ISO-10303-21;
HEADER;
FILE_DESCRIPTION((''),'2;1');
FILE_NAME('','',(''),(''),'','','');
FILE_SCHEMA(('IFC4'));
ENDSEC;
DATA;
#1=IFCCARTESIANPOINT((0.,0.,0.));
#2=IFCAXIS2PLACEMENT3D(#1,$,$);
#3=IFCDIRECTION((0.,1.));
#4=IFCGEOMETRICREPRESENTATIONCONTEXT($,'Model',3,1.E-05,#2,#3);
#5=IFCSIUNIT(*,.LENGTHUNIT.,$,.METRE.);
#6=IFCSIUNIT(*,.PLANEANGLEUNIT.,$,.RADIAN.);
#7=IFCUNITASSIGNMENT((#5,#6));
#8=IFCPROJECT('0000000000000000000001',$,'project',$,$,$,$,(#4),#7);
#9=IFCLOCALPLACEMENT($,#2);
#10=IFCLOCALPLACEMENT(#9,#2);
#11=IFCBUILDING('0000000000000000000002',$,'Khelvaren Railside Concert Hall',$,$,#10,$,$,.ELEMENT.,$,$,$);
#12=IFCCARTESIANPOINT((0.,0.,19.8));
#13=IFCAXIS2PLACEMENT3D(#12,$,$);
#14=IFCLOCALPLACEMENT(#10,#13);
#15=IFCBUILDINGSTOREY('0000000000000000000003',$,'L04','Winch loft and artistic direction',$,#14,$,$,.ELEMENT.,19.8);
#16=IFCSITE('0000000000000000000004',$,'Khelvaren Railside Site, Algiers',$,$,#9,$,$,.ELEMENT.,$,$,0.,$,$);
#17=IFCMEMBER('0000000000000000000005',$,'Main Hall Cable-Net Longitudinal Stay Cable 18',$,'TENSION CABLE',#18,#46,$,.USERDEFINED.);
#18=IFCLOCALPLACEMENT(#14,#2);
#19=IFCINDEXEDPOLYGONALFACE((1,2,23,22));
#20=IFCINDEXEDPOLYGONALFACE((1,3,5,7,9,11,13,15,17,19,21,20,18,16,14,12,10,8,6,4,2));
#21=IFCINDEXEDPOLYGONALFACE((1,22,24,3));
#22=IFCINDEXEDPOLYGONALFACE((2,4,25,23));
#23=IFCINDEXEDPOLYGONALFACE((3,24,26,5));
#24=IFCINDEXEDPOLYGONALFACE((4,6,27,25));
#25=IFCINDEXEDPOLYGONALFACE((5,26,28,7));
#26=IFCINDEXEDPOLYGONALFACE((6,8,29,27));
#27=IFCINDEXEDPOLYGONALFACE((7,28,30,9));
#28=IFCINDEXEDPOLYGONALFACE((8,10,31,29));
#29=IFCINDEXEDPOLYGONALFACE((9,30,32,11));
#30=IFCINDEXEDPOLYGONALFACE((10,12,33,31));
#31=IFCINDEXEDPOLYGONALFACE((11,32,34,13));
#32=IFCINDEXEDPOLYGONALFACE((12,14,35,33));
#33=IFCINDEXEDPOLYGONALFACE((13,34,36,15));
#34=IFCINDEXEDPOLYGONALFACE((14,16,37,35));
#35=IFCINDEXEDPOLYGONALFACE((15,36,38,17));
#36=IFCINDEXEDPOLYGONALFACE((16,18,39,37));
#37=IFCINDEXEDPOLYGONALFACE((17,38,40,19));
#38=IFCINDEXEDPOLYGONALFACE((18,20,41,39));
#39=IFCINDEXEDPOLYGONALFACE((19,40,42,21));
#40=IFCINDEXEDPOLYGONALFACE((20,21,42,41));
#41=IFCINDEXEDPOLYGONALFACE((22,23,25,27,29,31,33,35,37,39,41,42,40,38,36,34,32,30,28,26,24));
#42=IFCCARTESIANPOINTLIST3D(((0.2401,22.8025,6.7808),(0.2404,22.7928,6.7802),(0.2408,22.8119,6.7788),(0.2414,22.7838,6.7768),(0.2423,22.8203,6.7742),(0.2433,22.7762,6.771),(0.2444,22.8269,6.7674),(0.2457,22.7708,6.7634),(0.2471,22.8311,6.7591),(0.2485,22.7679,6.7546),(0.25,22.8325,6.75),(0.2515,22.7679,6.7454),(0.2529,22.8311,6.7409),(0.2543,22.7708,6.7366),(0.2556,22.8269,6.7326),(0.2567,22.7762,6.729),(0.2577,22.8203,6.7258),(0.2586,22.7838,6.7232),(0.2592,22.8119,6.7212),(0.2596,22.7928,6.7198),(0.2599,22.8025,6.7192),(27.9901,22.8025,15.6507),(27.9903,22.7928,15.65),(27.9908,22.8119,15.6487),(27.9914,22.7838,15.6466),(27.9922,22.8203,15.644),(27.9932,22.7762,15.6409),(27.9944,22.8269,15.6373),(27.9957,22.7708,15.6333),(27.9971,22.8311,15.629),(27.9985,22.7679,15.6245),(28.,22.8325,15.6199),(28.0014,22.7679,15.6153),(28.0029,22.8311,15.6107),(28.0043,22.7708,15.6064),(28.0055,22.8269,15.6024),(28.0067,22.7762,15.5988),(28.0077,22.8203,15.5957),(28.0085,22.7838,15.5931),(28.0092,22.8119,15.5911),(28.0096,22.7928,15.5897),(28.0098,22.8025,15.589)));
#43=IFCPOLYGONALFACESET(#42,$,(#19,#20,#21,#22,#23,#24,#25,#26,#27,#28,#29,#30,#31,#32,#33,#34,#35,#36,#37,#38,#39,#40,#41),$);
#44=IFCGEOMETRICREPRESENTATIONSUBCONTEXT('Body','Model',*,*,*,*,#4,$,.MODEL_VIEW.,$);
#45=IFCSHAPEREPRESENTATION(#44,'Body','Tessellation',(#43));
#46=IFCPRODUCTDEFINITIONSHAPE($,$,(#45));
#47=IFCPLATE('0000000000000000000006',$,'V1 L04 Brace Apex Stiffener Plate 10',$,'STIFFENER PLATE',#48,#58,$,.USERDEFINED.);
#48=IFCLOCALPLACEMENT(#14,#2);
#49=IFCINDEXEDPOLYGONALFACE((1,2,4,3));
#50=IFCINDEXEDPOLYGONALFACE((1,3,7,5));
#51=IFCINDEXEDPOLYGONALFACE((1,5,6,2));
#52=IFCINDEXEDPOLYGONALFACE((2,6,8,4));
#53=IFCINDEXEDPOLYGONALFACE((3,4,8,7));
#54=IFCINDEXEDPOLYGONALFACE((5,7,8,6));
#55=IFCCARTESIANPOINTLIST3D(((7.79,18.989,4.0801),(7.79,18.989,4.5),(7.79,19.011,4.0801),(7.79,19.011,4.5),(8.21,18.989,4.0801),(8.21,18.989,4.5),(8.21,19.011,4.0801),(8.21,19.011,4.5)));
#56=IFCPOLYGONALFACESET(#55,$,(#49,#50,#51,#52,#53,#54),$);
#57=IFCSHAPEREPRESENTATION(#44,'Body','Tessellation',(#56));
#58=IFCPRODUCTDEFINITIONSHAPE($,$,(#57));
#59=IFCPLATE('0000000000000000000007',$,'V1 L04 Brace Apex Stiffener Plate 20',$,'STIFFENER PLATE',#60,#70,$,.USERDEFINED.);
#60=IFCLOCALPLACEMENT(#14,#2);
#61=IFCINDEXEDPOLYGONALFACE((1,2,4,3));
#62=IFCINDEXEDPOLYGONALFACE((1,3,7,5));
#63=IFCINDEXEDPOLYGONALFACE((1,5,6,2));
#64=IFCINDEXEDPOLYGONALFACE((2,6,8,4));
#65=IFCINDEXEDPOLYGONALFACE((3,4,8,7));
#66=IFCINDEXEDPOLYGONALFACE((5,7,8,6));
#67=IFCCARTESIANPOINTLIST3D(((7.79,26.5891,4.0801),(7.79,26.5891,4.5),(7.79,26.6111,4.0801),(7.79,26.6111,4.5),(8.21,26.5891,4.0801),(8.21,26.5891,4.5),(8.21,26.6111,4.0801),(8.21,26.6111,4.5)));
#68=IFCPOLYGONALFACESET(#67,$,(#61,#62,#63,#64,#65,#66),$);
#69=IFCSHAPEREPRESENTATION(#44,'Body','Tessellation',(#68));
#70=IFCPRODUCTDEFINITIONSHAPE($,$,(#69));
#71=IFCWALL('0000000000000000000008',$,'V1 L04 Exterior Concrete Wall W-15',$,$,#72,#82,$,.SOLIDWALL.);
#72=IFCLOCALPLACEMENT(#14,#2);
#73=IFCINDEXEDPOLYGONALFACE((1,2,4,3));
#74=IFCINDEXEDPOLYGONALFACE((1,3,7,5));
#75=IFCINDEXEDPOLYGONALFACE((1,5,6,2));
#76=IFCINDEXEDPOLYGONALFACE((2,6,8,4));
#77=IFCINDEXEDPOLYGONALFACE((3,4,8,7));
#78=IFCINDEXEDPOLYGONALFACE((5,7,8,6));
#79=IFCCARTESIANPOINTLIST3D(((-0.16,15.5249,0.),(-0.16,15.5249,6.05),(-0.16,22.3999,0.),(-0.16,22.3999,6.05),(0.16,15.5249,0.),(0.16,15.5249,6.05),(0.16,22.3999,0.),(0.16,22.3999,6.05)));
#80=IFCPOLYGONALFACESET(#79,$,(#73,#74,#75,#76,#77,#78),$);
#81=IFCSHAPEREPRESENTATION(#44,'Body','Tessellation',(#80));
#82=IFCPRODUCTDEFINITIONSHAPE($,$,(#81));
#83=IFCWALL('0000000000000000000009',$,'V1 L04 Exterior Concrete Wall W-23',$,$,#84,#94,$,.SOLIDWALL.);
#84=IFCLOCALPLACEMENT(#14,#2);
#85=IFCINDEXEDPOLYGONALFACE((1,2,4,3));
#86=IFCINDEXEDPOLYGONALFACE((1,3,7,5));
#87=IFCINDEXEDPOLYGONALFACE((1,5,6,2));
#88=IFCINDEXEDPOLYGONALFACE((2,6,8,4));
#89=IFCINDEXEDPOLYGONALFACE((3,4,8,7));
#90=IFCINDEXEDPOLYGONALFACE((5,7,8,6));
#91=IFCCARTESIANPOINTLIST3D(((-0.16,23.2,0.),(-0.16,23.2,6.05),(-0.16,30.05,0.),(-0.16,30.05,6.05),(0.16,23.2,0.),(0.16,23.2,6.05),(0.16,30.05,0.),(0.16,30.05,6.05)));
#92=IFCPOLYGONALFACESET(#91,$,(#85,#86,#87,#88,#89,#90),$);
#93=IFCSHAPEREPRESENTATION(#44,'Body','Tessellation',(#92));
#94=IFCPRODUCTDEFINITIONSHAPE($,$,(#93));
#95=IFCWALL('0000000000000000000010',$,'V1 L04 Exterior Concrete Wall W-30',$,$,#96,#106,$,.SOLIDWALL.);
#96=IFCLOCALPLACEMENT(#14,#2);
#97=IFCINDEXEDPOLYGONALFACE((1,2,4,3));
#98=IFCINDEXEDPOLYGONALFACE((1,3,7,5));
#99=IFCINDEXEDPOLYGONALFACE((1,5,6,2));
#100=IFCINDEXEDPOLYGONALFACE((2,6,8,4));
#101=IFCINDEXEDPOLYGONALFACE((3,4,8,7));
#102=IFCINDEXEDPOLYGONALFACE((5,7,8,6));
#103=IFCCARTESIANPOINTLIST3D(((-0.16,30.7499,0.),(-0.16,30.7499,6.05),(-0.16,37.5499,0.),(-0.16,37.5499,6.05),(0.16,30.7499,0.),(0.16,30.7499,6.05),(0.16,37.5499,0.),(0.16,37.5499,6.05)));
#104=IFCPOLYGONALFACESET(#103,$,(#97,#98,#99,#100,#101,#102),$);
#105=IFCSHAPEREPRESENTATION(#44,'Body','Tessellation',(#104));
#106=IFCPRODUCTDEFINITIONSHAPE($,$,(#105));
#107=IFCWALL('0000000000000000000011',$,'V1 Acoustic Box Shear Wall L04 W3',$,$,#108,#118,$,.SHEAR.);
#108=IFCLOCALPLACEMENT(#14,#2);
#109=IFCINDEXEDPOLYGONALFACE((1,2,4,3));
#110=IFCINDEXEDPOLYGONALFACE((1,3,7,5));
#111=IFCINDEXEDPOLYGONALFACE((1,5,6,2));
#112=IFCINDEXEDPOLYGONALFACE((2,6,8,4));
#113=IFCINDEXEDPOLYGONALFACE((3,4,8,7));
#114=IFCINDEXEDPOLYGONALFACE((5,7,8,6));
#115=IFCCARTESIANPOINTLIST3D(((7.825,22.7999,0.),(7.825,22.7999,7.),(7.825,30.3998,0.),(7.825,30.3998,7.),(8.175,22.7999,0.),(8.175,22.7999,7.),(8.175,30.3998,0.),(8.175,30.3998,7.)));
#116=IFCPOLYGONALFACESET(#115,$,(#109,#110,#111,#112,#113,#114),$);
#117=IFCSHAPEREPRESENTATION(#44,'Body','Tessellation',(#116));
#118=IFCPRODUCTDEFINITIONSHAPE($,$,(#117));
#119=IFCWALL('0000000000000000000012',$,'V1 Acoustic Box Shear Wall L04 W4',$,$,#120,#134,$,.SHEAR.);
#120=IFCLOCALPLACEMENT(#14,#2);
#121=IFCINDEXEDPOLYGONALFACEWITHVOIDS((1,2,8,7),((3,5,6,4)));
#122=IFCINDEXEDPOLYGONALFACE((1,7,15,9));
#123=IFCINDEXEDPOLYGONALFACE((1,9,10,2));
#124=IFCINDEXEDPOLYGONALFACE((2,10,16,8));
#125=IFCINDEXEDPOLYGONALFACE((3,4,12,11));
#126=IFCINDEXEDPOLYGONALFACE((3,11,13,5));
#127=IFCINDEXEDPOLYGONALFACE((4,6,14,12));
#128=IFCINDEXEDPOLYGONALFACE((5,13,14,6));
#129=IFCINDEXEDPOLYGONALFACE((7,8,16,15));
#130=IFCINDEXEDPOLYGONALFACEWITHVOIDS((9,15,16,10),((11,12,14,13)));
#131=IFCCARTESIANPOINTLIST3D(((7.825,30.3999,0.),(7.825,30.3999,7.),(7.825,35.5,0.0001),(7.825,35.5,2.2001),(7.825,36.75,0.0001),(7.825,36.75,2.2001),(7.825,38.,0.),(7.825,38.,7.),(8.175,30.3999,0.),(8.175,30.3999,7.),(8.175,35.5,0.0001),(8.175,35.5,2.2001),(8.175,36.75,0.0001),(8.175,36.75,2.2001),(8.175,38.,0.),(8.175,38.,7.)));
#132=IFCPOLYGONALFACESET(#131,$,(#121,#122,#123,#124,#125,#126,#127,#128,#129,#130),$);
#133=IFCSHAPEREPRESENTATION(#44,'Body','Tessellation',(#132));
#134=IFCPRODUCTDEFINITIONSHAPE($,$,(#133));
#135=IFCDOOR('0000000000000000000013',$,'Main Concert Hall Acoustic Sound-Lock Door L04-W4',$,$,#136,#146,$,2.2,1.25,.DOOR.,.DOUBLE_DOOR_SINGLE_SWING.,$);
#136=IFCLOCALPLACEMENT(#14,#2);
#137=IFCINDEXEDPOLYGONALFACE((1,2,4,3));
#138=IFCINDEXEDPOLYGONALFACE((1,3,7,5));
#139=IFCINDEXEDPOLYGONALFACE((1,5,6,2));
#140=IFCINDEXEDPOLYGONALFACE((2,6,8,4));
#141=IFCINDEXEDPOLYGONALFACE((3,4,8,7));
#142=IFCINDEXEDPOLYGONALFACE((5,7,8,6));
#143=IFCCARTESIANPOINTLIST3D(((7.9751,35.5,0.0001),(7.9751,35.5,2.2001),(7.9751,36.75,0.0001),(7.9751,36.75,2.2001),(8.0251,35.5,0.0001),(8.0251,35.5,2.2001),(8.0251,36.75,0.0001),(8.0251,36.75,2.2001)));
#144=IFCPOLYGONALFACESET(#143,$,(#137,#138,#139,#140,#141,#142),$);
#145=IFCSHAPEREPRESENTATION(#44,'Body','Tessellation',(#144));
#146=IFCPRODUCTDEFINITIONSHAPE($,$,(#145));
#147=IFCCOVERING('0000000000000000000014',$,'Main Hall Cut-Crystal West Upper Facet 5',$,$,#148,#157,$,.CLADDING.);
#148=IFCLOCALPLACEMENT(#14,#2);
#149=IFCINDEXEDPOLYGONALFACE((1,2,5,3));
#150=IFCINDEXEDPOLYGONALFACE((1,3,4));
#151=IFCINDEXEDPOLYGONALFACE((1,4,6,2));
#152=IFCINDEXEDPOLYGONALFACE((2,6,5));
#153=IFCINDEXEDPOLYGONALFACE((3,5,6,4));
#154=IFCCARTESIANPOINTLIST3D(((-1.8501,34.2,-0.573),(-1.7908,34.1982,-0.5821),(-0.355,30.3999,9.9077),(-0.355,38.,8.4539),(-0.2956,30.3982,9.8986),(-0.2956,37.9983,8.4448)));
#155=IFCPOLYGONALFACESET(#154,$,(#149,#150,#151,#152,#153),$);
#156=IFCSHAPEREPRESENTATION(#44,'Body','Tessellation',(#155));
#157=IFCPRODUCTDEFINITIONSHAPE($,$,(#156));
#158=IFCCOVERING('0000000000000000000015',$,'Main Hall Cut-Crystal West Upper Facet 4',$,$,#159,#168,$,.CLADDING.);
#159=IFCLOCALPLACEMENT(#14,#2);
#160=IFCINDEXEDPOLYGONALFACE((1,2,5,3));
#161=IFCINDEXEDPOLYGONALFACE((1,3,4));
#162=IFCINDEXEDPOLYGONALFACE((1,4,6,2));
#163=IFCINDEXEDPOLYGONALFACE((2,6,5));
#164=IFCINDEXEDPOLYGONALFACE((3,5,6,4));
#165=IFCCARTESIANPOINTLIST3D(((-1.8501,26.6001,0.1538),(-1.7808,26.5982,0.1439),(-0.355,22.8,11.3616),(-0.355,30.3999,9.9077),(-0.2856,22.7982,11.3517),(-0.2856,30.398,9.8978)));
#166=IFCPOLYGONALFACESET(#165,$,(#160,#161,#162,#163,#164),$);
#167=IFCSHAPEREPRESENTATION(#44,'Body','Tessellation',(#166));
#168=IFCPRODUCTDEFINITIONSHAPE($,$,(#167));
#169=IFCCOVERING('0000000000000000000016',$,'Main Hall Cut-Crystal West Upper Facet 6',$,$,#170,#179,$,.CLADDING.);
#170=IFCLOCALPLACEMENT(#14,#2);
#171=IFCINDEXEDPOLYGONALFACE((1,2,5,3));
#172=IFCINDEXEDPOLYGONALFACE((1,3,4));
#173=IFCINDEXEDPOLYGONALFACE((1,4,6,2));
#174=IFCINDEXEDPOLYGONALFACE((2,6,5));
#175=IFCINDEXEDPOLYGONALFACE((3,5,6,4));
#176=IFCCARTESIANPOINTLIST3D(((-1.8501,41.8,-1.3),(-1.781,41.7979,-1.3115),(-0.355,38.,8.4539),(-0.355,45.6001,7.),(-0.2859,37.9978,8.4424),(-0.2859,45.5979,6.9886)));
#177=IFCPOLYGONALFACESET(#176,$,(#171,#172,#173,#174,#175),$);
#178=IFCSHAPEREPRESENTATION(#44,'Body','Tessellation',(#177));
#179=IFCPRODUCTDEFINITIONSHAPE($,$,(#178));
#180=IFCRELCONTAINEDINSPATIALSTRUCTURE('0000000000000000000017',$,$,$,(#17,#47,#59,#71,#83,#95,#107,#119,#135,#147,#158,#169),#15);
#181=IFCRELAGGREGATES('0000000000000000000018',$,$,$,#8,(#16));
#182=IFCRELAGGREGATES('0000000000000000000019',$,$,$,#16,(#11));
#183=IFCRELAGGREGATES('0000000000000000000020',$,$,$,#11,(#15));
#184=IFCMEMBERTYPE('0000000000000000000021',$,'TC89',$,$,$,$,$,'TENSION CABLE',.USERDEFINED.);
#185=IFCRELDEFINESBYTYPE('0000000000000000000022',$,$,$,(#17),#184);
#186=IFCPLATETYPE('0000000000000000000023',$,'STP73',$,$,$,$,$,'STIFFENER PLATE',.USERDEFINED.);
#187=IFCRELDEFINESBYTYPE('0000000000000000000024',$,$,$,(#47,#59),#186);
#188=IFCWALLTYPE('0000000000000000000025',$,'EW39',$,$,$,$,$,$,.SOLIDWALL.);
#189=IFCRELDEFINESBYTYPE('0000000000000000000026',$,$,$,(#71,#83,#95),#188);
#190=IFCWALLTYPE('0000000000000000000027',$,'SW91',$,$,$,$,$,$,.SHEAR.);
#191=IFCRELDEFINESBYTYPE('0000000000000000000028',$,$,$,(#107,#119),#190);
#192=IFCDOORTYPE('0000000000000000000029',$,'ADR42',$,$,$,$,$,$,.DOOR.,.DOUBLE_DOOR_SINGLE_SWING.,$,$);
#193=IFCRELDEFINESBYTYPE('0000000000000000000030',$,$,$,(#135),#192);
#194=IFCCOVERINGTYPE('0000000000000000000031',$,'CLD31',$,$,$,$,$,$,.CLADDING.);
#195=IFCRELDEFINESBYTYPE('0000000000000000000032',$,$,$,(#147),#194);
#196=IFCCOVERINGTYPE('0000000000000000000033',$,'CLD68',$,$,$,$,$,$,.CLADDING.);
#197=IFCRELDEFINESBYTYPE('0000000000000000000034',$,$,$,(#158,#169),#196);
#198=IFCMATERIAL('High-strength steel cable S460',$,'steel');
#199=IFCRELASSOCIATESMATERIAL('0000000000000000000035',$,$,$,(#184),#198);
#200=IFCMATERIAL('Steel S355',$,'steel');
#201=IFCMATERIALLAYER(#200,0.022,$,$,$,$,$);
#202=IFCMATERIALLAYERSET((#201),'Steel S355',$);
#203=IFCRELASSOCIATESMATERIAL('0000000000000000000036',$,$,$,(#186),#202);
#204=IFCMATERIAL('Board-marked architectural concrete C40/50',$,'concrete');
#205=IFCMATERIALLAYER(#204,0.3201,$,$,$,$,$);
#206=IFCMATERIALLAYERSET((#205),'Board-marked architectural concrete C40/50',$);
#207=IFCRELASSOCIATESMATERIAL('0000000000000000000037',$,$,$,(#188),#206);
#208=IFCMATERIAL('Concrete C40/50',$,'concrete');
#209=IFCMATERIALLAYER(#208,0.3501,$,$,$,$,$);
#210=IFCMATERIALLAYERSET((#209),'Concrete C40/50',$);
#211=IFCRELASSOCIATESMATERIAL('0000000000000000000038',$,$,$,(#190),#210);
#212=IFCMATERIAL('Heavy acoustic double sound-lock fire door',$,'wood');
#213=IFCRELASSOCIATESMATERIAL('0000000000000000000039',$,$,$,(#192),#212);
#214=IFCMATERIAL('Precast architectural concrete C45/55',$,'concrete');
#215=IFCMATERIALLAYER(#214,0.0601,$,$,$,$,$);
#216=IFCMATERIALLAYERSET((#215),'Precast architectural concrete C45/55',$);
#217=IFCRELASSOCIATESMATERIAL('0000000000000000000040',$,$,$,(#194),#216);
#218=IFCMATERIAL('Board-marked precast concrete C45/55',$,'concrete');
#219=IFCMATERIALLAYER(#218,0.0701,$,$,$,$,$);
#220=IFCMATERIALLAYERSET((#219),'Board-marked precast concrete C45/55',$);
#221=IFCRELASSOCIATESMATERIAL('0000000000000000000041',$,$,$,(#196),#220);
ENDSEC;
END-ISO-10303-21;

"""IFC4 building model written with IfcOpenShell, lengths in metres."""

from ifc_helpers import new_model, si_unit, direction, frame, frame_2d, origin, origin_2d, place, context, subcontext, project, spatial, polyline, rectangle, circle, outline, extrude, material, layer, layer_set, material_profile, profile_set, type_object, element, fill, save


model = new_model("IFC4")

# Units and contexts
model_context = context("Model", 3, precision=1e-05, world=origin(), true_north=direction((0.0, 1.0)))
body_context = subcontext(model_context, "Body", "Model", "MODEL_VIEW")
ifc_project = project(units=[si_unit("LENGTHUNIT", "METRE"), si_unit("PLANEANGLEUNIT", "RADIAN")], contexts=[model_context])

# Site, building, storey
site_placement = place(None, origin())
site = spatial("IfcSite", under=ifc_project, at=site_placement, Name="Khelvaren Railside Site, Algiers", CompositionType="ELEMENT", RefElevation=0.0)
building_placement = place(site_placement, origin())
building = spatial("IfcBuilding", under=site, at=building_placement, Name="Khelvaren Railside Concert Hall", CompositionType="ELEMENT")
storey_placement = place(building_placement, frame((0.0, 0.0, 19.8)))
storey = spatial("IfcBuildingStorey", under=building, at=storey_placement, Name="L04", Description="Winch loft and artistic direction", CompositionType="ELEMENT", Elevation=19.8)

# Shared definitions
ifc_material_1 = material(Name="Steel S355", Category="steel")
ifc_material_2 = material(Name="Concrete C40/50", Category="concrete")

# Member
ifc_material_3 = material(Name="High-strength steel cable S460", Category="steel")
ifc_material_profile_1 = material_profile(ifc_material_3, circle(Radius=0.0325, at=origin_2d()), Name="LCB D65")
ifc_profile_set_1 = profile_set([ifc_material_profile_1], Name="High-strength steel cable S460")
member_type_1 = type_object("IfcMemberType", Name="TC89", ElementType="TENSION CABLE", PredefinedType="USERDEFINED", material=ifc_profile_set_1)
member_1_placement = place(storey_placement, frame((0.25, 22.8, 6.75), z_axis=(0.952525, 0.0, 0.30446), x_axis=(0.0, 1.0, 0.0)))
element("IfcMember", 1, at=member_1_placement, inside=storey, type_object=member_type_1, Name="Main Hall Cable-Net Longitudinal Stay Cable 18", ObjectType="TENSION CABLE", PredefinedType="USERDEFINED", context=body_context, shape_type="SweptSolid", body=[
    extrude(circle(Radius=0.0325, at=origin_2d()), origin(), (0.0, 0.0, 1.0), 29.1331),
])

# Plates
ifc_layer_1 = layer(ifc_material_1, 0.022)
ifc_layer_set_1 = layer_set([ifc_layer_1], Name="Steel S355")
plate_type = type_object("IfcPlateType", Name="STP73", ElementType="STIFFENER PLATE", PredefinedType="USERDEFINED", material=ifc_layer_set_1)
for number, where, z_axis, x_axis, name in (
    (2, (8.0, 19.0, 4.0801), (0.0, 0.0, 1.0), (1.0, 0.0, 0.0), "V1 L04 Brace Apex Stiffener Plate 10"),
    (3, (8.0, 26.6001, 4.0801), (0.0, 0.0, 1.0), (1.0, 0.0, 0.0), "V1 L04 Brace Apex Stiffener Plate 20"),
):
    element("IfcPlate", number, at=place(storey_placement, frame(where, z_axis=z_axis, x_axis=x_axis)), inside=storey, type_object=plate_type, Name=name, ObjectType="STIFFENER PLATE", PredefinedType="USERDEFINED", context=body_context, shape_type="SweptSolid", body=[
        extrude(rectangle(XDim=0.4199, YDim=0.022, at=origin_2d()), origin(), (0.0, 0.0, 1.0), 0.4199),
    ])

# Walls
ifc_material_4 = material(Name="Board-marked architectural concrete C40/50", Category="concrete")
ifc_layer_2 = layer(ifc_material_4, 0.3201)
ifc_layer_set_2 = layer_set([ifc_layer_2], Name="Board-marked architectural concrete C40/50")
wall_type_1 = type_object("IfcWallType", Name="EW39", PredefinedType="SOLIDWALL", material=ifc_layer_set_2)
wall_1_placement = place(storey_placement, frame((0.0, 15.5249, 0.0), z_axis=(0.0, 0.0, 1.0), x_axis=(0.0, 1.0, 0.0)))
element("IfcWall", 4, at=wall_1_placement, inside=storey, type_object=wall_type_1, Name="V1 L04 Exterior Concrete Wall W-15", PredefinedType="SOLIDWALL", context=body_context, shape_type="SweptSolid", body=[
    extrude(rectangle(XDim=6.875, YDim=0.3201, at=frame_2d((3.4375, 0.0))), origin(), (0.0, 0.0, 1.0), 6.05),
])
wall_2_placement = place(storey_placement, frame((0.0, 23.2, 0.0), z_axis=(0.0, 0.0, 1.0), x_axis=(0.0, 1.0, 0.0)))
element("IfcWall", 5, at=wall_2_placement, inside=storey, type_object=wall_type_1, Name="V1 L04 Exterior Concrete Wall W-23", PredefinedType="SOLIDWALL", context=body_context, shape_type="SweptSolid", body=[
    extrude(rectangle(XDim=6.8501, YDim=0.3201, at=frame_2d((3.425, 0.0))), origin(), (0.0, 0.0, 1.0), 6.05),
])
wall_3_placement = place(storey_placement, frame((0.0, 30.75, 0.0), z_axis=(0.0, 0.0, 1.0), x_axis=(0.0, 1.0, 0.0)))
element("IfcWall", 6, at=wall_3_placement, inside=storey, type_object=wall_type_1, Name="V1 L04 Exterior Concrete Wall W-30", PredefinedType="SOLIDWALL", context=body_context, shape_type="SweptSolid", body=[
    extrude(rectangle(XDim=6.8, YDim=0.3201, at=frame_2d((3.3999, 0.0))), origin(), (0.0, 0.0, 1.0), 6.05),
])
ifc_layer_3 = layer(ifc_material_2, 0.3501)
ifc_layer_set_3 = layer_set([ifc_layer_3], Name="Concrete C40/50")
wall_type_2 = type_object("IfcWallType", Name="SW91", PredefinedType="SHEAR", material=ifc_layer_set_3)
wall_4_placement = place(storey_placement, frame((8.0, 22.8, 0.0), z_axis=(0.0, 0.0, 1.0), x_axis=(0.0, 1.0, 0.0)))
element("IfcWall", 7, at=wall_4_placement, inside=storey, type_object=wall_type_2, Name="V1 Acoustic Box Shear Wall L04 W3", PredefinedType="SHEAR", context=body_context, shape_type="SweptSolid", body=[
    extrude(rectangle(XDim=7.5999, YDim=0.3501, at=frame_2d((3.7998, 0.0))), origin(), (0.0, 0.0, 1.0), 7.0),
])

# Wall, opening, door
wall_5_placement = place(storey_placement, frame((8.0, 30.3999, 0.0), z_axis=(0.0, 0.0, 1.0), x_axis=(0.0, 1.0, 0.0)))
wall_5 = element("IfcWall", 8, at=wall_5_placement, inside=storey, type_object=wall_type_2, Name="V1 Acoustic Box Shear Wall L04 W4", PredefinedType="SHEAR", context=body_context, shape_type="SweptSolid", body=[
    extrude(rectangle(XDim=7.6001, YDim=0.3501, at=frame_2d((3.8, 0.0))), origin(), (0.0, 0.0, 1.0), 7.0),
])
opening_placement = place(wall_5_placement, frame((5.1001, 0.0, 0.0)))
opening = element("IfcOpeningElement", 9, at=opening_placement, cuts=wall_5, PredefinedType="OPENING", context=body_context, shape_type="SweptSolid", body=[
    extrude(rectangle(XDim=1.25, YDim=2.2, at=frame_2d((0.625, 1.1001))), frame((0.0, 0.1851, 0.0), z_axis=(0.0, -1.0, 0.0), x_axis=(1.0, 0.0, 0.0)), (0.0, 0.0, 1.0), 0.3701),
])
ifc_material_5 = material(Name="Heavy acoustic double sound-lock fire door", Category="wood")
door_type = type_object("IfcDoorType", Name="ADR42", OperationType="DOUBLE_DOOR_SINGLE_SWING", PredefinedType="DOOR", material=ifc_material_5)
door_placement = place(opening_placement, origin())
door = element("IfcDoor", 10, at=door_placement, inside=storey, type_object=door_type, Name="Main Concert Hall Acoustic Sound-Lock Door L04-W4", OperationType="DOUBLE_DOOR_SINGLE_SWING", OverallHeight=2.2, OverallWidth=1.25, PredefinedType="DOOR", context=body_context, shape_type="SweptSolid", body=[
    extrude(rectangle(XDim=1.25, YDim=2.2, at=frame_2d((0.625, 1.1001))), frame((0.0, 0.0249, 0.0), z_axis=(0.0, -1.0, 0.0), x_axis=(1.0, 0.0, 0.0)), (0.0, 0.0, 1.0), 0.05),
])
fill(opening, door)

# Coverings
ifc_material_6 = material(Name="Precast architectural concrete C45/55", Category="concrete")
ifc_layer_4 = layer(ifc_material_6, 0.0601)
ifc_layer_set_4 = layer_set([ifc_layer_4], Name="Precast architectural concrete C45/55")
covering_type_1 = type_object("IfcCoveringType", Name="CLD31", PredefinedType="CLADDING", material=ifc_layer_set_4)
covering_1_placement = place(storey_placement, frame((-0.355, 30.3999, 9.9077), z_axis=(-0.98804, 0.028972, 0.151453), x_axis=(0.0, 0.982191, -0.187888)))
element("IfcCovering", 11, at=covering_1_placement, inside=storey, type_object=covering_type_1, Name="Main Hall Cut-Crystal West Upper Facet 5", PredefinedType="CLADDING", context=body_context, shape_type="SweptSolid", body=[
    extrude(outline(polyline([(0.0, 0.0), (7.7379, 0.0), (5.7016, 9.696), (0.0, 0.0)])), origin(), (0.0, 0.0, -1.0), 0.0601),
])
ifc_material_7 = material(Name="Board-marked precast concrete C45/55", Category="concrete")
ifc_layer_5 = layer(ifc_material_7, 0.0701)
ifc_layer_set_5 = layer_set([ifc_layer_5], Name="Board-marked precast concrete C45/55")
covering_type_2 = type_object("IfcCoveringType", Name="CLD68", PredefinedType="CLADDING", material=ifc_layer_set_5)
covering_2_placement = place(storey_placement, frame((-0.355, 22.8, 11.3616), z_axis=(-0.989617, 0.027006, 0.141172), x_axis=(0.0, 0.982189, -0.187894)))
element("IfcCovering", 12, at=covering_2_placement, inside=storey, type_object=covering_type_2, Name="Main Hall Cut-Crystal West Upper Facet 4", PredefinedType="CLADDING", context=body_context, shape_type="SweptSolid", body=[
    extrude(outline(polyline([(0.0, 0.0), (7.7377, 0.0), (5.8382, 10.4022), (0.0, 0.0)])), origin(), (0.0, 0.0, -1.0), 0.0701),
])
covering_3_placement = place(storey_placement, frame((-0.355, 38.0, 8.4539), z_axis=(-0.986078, 0.031243, 0.163322), x_axis=(0.0, 0.982191, -0.187888)))
element("IfcCovering", 13, at=covering_3_placement, inside=storey, type_object=covering_type_2, Name="Main Hall Cut-Crystal West Upper Facet 6", PredefinedType="CLADDING", context=body_context, shape_type="SweptSolid", body=[
    extrude(outline(polyline([(0.0, 0.0), (7.7379, 0.0), (5.565, 8.9914), (0.0, 0.0)])), origin(), (0.0, 0.0, -1.0), 0.0701),
])

save(model, "model.ifc")
